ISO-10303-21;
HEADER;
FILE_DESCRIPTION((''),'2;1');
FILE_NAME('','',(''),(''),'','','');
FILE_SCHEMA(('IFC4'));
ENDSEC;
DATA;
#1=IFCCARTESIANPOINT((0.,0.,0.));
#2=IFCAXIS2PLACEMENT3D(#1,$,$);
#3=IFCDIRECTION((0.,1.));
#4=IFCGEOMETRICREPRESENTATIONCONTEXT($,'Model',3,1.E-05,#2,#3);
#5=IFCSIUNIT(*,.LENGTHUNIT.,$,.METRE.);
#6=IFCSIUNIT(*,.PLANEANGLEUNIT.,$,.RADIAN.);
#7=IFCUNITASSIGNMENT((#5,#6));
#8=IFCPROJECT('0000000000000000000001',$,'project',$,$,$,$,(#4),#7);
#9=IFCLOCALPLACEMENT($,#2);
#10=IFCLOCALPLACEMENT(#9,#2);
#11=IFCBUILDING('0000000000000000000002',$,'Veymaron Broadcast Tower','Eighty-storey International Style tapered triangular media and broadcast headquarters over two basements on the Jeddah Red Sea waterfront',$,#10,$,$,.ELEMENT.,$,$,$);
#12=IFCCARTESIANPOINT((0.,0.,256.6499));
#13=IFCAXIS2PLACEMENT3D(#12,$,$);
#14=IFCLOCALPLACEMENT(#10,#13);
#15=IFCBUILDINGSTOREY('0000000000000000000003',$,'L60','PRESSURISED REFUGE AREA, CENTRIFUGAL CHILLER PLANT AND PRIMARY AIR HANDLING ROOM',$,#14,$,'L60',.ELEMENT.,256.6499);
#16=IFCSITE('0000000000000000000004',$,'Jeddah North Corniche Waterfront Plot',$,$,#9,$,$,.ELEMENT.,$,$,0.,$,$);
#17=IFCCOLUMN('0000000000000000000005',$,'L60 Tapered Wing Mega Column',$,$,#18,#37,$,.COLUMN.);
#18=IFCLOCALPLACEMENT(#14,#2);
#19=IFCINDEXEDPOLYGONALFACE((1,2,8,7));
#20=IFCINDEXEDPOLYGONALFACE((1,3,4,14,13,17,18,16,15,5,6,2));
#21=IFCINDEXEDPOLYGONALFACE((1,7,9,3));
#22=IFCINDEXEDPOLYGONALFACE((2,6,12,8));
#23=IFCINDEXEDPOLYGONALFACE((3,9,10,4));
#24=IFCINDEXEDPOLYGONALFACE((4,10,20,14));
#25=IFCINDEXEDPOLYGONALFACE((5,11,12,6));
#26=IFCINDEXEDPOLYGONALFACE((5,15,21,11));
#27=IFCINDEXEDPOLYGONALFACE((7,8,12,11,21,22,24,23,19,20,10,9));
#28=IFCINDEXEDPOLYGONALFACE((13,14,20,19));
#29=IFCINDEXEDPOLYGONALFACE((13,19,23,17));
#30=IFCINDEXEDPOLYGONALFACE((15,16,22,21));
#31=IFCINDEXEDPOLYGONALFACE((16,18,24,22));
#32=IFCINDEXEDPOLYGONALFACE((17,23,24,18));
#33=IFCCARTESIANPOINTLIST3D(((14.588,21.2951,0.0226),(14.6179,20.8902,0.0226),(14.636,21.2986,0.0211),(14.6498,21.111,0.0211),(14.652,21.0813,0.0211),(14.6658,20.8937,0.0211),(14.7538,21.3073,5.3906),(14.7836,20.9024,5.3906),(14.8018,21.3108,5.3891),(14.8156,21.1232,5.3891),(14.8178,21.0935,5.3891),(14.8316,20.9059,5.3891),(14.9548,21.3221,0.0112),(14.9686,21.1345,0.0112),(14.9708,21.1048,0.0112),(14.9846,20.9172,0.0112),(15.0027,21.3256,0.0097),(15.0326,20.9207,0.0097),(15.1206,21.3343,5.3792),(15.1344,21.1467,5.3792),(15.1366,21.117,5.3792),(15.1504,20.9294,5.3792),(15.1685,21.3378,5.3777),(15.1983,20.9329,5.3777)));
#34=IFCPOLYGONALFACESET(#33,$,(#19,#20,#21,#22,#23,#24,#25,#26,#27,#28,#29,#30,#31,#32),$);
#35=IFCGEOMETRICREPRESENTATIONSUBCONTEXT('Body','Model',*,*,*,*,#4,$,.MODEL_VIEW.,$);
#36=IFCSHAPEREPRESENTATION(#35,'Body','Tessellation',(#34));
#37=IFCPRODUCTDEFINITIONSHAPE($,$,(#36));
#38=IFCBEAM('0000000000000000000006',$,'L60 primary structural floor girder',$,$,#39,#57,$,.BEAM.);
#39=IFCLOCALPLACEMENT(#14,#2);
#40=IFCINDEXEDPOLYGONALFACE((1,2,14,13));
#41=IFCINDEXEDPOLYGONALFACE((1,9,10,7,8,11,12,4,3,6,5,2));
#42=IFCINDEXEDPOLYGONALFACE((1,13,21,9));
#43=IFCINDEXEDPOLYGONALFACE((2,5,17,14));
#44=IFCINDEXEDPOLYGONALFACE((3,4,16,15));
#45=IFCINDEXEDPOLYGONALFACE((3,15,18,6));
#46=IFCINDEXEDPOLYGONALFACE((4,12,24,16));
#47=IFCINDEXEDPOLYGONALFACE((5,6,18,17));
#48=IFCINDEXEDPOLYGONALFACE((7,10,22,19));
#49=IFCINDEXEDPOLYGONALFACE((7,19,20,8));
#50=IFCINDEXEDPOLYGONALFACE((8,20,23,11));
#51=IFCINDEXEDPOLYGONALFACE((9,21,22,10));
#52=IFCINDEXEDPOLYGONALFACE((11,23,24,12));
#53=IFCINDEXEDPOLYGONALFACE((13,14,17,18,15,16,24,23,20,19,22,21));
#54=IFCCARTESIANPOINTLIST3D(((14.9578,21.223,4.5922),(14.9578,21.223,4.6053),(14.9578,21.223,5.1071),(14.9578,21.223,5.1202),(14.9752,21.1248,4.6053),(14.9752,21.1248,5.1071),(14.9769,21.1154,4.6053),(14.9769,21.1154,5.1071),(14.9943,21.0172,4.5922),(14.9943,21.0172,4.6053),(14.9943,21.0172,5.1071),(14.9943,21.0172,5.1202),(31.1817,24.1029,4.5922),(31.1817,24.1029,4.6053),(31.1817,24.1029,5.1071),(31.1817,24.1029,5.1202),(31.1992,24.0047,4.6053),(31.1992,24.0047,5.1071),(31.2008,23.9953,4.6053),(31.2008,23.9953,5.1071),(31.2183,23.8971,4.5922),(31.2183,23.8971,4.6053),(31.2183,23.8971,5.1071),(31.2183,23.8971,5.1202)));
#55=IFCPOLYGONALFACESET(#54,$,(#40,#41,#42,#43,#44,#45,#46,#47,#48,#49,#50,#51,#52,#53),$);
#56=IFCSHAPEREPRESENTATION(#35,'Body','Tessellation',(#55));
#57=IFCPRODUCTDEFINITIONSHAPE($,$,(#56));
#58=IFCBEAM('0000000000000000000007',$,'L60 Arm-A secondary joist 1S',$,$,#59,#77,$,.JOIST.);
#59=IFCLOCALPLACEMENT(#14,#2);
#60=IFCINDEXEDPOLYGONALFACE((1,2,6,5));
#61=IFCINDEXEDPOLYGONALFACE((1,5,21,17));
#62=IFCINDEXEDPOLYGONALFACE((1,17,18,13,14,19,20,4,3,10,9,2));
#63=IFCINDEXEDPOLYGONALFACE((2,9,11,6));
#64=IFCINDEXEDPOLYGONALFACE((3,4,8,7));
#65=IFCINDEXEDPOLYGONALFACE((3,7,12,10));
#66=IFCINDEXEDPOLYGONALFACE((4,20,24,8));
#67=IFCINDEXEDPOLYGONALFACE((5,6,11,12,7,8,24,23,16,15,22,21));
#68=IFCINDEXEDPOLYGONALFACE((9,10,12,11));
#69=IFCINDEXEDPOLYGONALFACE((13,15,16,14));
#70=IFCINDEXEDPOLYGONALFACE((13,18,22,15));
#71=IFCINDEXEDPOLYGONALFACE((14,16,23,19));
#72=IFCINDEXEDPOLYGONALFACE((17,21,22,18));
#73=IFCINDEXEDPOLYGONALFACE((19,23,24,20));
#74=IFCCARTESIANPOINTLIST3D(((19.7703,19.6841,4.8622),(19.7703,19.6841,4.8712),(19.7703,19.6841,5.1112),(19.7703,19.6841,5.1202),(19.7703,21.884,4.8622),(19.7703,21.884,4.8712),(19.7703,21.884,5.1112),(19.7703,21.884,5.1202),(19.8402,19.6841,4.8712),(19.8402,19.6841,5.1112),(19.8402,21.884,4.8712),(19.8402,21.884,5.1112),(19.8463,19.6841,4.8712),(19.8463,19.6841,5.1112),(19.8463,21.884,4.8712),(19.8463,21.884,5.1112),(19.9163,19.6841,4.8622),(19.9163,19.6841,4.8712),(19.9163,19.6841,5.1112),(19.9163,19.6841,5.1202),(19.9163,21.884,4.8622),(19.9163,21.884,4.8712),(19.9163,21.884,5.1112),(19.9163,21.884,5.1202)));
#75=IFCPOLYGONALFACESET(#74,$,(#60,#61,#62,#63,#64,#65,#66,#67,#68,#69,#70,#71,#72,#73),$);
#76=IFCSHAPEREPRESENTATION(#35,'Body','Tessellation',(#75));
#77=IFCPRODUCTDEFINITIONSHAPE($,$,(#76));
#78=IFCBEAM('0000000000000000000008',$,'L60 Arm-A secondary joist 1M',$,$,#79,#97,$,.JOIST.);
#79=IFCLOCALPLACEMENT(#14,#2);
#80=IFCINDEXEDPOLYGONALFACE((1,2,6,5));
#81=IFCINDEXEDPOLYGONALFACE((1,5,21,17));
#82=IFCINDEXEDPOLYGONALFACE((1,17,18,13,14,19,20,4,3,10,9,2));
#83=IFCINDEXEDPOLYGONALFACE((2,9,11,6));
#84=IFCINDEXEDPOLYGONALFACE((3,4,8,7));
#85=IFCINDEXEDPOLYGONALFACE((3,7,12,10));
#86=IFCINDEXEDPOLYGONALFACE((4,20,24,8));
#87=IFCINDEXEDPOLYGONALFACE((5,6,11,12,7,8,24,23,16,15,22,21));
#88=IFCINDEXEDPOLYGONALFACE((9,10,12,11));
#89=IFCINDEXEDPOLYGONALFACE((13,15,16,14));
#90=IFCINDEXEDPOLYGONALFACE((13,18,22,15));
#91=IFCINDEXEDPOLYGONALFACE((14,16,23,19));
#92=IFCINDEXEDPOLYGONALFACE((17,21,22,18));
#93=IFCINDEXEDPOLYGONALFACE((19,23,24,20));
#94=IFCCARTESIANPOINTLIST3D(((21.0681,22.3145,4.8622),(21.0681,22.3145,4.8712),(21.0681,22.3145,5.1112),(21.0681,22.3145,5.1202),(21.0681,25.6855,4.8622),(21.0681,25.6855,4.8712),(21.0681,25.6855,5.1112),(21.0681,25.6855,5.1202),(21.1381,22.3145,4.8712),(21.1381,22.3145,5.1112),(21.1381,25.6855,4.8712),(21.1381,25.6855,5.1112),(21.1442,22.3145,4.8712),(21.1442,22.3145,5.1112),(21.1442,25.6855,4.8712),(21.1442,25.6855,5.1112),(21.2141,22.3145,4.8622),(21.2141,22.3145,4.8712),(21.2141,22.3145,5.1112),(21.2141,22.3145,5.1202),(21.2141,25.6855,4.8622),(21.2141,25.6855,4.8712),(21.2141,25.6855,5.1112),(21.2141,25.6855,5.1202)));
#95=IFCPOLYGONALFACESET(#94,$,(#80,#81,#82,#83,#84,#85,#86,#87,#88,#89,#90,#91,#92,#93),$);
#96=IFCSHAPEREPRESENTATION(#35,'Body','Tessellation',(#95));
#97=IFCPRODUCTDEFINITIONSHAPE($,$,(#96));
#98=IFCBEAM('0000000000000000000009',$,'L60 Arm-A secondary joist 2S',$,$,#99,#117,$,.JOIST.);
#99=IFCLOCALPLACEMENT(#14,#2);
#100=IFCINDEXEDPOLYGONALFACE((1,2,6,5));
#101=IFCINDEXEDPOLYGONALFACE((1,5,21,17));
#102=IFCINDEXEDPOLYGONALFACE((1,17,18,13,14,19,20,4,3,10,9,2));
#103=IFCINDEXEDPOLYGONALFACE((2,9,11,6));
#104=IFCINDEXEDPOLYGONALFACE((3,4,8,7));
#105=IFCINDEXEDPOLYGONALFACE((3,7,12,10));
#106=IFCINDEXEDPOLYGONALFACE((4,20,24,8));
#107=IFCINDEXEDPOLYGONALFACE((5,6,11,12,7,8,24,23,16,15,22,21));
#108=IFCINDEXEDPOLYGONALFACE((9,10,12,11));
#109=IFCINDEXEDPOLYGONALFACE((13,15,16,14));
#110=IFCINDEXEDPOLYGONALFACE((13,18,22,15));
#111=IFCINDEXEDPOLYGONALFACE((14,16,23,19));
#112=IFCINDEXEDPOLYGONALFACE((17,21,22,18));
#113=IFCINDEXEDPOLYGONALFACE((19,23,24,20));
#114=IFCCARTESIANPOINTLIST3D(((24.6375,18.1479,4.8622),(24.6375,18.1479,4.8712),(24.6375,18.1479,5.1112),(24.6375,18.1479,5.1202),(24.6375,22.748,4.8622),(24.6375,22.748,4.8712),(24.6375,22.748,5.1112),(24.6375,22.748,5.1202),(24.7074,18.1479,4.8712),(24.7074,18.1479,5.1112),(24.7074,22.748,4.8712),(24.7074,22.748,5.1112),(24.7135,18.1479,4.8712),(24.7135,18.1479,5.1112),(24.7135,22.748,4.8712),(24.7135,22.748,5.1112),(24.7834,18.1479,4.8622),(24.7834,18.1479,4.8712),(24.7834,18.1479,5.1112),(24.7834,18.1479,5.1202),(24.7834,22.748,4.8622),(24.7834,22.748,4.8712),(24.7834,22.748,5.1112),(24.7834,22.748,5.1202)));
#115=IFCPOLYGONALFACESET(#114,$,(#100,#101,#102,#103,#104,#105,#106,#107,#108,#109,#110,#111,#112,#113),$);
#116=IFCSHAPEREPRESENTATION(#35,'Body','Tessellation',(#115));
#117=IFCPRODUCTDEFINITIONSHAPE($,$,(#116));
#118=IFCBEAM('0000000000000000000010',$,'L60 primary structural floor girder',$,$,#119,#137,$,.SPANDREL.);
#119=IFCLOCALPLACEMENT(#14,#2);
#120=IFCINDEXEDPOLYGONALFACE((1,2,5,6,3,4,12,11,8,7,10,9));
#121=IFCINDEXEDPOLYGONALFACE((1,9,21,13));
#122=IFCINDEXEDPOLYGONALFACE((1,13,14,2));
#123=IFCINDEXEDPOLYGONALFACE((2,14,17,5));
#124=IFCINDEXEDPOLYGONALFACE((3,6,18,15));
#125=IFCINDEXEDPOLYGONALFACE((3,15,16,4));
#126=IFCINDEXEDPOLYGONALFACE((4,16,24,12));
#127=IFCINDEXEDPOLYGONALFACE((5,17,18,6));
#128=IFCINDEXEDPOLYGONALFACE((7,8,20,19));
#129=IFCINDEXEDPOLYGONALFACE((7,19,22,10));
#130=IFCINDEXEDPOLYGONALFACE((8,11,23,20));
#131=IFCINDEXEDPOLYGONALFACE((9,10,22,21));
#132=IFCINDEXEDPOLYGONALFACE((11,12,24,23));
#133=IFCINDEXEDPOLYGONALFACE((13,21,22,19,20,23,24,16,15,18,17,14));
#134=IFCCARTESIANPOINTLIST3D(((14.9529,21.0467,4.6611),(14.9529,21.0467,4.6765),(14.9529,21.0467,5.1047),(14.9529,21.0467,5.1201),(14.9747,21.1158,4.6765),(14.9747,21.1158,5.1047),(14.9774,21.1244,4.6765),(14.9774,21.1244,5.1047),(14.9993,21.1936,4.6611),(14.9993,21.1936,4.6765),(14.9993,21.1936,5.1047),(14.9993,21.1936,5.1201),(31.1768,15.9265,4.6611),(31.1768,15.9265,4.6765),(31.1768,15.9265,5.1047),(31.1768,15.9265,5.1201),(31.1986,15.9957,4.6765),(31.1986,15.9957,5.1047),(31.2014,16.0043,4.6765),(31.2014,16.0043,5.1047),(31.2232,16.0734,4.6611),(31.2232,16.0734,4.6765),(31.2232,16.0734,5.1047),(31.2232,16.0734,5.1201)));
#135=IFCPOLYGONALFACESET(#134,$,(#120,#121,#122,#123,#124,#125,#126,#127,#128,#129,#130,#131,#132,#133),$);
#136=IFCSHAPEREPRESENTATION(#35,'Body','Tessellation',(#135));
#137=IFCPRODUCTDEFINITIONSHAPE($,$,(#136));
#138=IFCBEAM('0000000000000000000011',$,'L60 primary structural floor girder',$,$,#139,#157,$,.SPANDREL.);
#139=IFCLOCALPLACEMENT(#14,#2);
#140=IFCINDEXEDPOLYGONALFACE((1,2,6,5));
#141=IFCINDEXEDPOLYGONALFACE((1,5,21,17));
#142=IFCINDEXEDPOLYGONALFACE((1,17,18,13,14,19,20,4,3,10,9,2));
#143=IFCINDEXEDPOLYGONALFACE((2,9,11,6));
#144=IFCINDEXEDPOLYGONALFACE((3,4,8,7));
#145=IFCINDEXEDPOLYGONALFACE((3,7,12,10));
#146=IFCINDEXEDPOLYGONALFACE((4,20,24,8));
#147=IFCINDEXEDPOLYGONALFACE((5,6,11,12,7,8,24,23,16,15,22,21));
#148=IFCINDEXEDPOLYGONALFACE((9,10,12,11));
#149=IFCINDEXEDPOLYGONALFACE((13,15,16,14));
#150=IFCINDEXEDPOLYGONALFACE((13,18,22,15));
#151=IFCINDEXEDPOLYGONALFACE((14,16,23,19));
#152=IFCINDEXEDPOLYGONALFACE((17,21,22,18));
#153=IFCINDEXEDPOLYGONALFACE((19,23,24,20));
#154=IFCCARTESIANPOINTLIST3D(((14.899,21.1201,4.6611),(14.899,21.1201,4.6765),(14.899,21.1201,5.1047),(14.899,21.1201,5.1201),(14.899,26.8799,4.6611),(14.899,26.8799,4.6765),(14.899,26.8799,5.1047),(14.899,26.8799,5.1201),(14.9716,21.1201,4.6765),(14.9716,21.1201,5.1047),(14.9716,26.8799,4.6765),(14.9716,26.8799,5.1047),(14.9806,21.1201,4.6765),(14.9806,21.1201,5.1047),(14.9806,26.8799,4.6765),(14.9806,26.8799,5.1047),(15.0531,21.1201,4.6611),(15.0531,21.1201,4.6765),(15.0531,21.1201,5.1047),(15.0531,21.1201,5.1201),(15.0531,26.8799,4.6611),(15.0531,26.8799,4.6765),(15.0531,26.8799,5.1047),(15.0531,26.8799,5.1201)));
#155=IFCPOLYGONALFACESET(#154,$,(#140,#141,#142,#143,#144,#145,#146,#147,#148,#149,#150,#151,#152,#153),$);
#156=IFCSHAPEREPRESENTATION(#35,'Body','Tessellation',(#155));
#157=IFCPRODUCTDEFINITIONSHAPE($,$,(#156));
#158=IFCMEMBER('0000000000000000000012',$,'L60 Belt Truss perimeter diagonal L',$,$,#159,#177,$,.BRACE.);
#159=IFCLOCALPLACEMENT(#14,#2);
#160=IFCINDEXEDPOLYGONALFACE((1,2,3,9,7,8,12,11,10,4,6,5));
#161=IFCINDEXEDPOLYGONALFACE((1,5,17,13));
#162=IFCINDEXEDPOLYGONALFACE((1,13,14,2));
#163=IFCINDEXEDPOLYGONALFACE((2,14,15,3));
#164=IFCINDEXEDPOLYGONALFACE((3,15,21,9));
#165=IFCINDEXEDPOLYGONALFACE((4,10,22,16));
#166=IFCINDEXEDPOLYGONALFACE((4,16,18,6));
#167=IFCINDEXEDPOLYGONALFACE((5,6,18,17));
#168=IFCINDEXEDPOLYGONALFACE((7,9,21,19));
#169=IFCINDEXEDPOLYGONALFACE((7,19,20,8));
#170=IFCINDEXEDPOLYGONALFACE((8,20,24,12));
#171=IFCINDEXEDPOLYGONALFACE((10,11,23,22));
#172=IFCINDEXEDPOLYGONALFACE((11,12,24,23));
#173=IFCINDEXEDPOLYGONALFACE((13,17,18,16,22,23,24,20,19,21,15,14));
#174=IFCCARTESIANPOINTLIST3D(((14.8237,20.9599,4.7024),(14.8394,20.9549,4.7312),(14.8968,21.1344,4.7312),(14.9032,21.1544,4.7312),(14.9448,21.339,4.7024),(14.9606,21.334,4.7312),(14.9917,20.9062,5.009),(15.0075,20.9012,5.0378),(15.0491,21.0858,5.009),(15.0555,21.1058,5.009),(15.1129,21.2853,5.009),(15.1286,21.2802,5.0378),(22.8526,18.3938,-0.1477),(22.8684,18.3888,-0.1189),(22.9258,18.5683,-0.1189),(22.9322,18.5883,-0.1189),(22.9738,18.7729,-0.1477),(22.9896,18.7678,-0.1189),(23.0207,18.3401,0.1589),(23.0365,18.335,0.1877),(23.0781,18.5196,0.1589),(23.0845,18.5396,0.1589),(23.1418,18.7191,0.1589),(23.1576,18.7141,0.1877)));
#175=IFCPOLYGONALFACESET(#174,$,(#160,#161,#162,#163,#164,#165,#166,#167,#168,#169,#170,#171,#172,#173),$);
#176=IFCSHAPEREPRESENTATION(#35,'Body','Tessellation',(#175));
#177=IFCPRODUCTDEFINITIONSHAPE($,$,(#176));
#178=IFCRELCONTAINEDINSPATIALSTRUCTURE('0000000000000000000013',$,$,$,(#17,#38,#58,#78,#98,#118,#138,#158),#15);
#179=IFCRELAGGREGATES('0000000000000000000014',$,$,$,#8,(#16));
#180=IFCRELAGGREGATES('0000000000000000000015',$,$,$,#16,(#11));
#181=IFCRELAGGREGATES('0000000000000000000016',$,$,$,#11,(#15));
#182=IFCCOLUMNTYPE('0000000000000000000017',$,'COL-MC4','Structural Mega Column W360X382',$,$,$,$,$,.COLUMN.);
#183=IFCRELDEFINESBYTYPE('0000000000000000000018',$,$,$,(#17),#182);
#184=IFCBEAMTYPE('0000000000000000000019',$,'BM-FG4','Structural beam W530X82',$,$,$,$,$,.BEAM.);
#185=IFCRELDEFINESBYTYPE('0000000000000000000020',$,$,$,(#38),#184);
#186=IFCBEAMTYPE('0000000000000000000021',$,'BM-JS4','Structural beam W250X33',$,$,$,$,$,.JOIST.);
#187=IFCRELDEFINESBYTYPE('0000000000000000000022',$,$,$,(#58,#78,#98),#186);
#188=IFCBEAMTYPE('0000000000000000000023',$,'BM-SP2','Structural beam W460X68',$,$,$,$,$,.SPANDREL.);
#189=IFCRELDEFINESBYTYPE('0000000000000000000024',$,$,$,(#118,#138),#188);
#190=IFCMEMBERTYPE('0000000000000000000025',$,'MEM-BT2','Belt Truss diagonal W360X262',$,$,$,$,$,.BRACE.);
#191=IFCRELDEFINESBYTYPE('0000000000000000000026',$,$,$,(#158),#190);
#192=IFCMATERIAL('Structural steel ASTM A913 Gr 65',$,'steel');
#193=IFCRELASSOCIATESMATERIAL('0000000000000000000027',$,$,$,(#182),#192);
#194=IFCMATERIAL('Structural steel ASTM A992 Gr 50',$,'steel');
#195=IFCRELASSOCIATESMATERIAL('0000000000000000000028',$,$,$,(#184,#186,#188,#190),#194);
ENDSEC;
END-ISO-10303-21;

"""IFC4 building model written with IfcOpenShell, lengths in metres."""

from ifc_helpers import new_model, si_unit, direction, frame, origin, origin_2d, place, context, subcontext, project, spatial, i_section, extrude, material, material_profile, profile_set, type_object, element, save


model = new_model("IFC4")

# Units and contexts
model_context = context("Model", 3, precision=1e-05, world=origin(), true_north=direction((0.0, 1.0)))
body_context = subcontext(model_context, "Body", "Model", "MODEL_VIEW")
ifc_project = project(units=[si_unit("LENGTHUNIT", "METRE"), si_unit("PLANEANGLEUNIT", "RADIAN")], contexts=[model_context])

# Site, building, storey
site_placement = place(None, origin())
site = spatial("IfcSite", under=ifc_project, at=site_placement, Name="Jeddah North Corniche Waterfront Plot", CompositionType="ELEMENT", RefElevation=0.0)
building_placement = place(site_placement, origin())
building = spatial("IfcBuilding", under=site, at=building_placement, Name="Veymaron Broadcast Tower", Description="Eighty-storey International Style tapered triangular media and broadcast headquarters over two basements on the Jeddah Red Sea waterfront", CompositionType="ELEMENT")
storey_placement = place(building_placement, frame((0.0, 0.0, 256.6499)))
storey = spatial("IfcBuildingStorey", under=building, at=storey_placement, Name="L60", Description="PRESSURISED REFUGE AREA, CENTRIFUGAL CHILLER PLANT AND PRIMARY AIR HANDLING ROOM", LongName="L60", CompositionType="ELEMENT", Elevation=256.6499)

# Column
ifc_material_1 = material(Name="Structural steel ASTM A913 Gr 65", Category="steel")
ifc_material_profile_1 = material_profile(ifc_material_1, i_section(OverallWidth=0.406, OverallDepth=0.416, WebThickness=0.0298, FlangeThickness=0.0481, at=origin_2d()), Name="W360X382")
ifc_profile_set_1 = profile_set([ifc_material_profile_1], Name="Structural steel ASTM A913 Gr 65")
column_type = type_object("IfcColumnType", Name="COL-MC4", Description="Structural Mega Column W360X382", PredefinedType="COLUMN", material=ifc_profile_set_1)
column_placement = place(storey_placement, frame((14.8103, 21.1079, 0.0161), z_axis=(0.030867, 0.002273, 0.999521), x_axis=(-0.073439, 0.9973, 0.0)))
element("IfcColumn", 1, at=column_placement, inside=storey, type_object=column_type, Name="L60 Tapered Wing Mega Column", PredefinedType="COLUMN", context=body_context, shape_type="SweptSolid", body=[
    extrude(i_section(OverallWidth=0.406, OverallDepth=0.416, WebThickness=0.0298, FlangeThickness=0.0481, at=origin_2d()), origin(), (0.0, 0.0, 1.0), 5.3706),
])

# Beams
ifc_material_2 = material(Name="Structural steel ASTM A992 Gr 50", Category="steel")
ifc_material_profile_2 = material_profile(ifc_material_2, i_section(OverallWidth=0.209, OverallDepth=0.5281, WebThickness=0.0095, FlangeThickness=0.0132, at=origin_2d()), Name="W530X82")
ifc_profile_set_2 = profile_set([ifc_material_profile_2], Name="Structural steel ASTM A992 Gr 50")
beam_type_1 = type_object("IfcBeamType", Name="BM-FG4", Description="Structural beam W530X82", PredefinedType="BEAM", material=ifc_profile_set_2)
beam_1_placement = place(storey_placement, frame((14.9761, 21.1201, 4.8562), z_axis=(0.984608, 0.174777, 0.0), x_axis=(-0.174777, 0.984608, 0.0)))
element("IfcBeam", 2, at=beam_1_placement, inside=storey, type_object=beam_type_1, Name="L60 primary structural floor girder", PredefinedType="BEAM", context=body_context, shape_type="SweptSolid", body=[
    extrude(i_section(OverallWidth=0.209, OverallDepth=0.5281, WebThickness=0.0095, FlangeThickness=0.0132, at=origin_2d()), origin(), (0.0, 0.0, 1.0), 16.4775),
])
ifc_material_profile_3 = material_profile(ifc_material_2, i_section(OverallWidth=0.146, OverallDepth=0.2581, WebThickness=0.0061, FlangeThickness=0.009, at=origin_2d()), Name="W250X33")
ifc_profile_set_3 = profile_set([ifc_material_profile_3], Name="Structural steel ASTM A992 Gr 50")
beam_type_2 = type_object("IfcBeamType", Name="BM-JS4", Description="Structural beam W250X33", PredefinedType="JOIST", material=ifc_profile_set_3)
beam_2_placement = place(storey_placement, frame((19.8433, 19.6841, 4.9912), z_axis=(0.0, 1.0, 0.0), x_axis=(-1.0, 0.0, 0.0)))
element("IfcBeam", 3, at=beam_2_placement, inside=storey, type_object=beam_type_2, Name="L60 Arm-A secondary joist 1S", PredefinedType="JOIST", context=body_context, shape_type="SweptSolid", body=[
    extrude(i_section(OverallWidth=0.146, OverallDepth=0.2581, WebThickness=0.0061, FlangeThickness=0.009, at=origin_2d()), origin(), (0.0, 0.0, 1.0), 2.2),
])
beam_3_placement = place(storey_placement, frame((21.1411, 22.3145, 4.9912), z_axis=(0.0, 1.0, 0.0), x_axis=(-1.0, 0.0, 0.0)))
element("IfcBeam", 4, at=beam_3_placement, inside=storey, type_object=beam_type_2, Name="L60 Arm-A secondary joist 1M", PredefinedType="JOIST", context=body_context, shape_type="SweptSolid", body=[
    extrude(i_section(OverallWidth=0.146, OverallDepth=0.2581, WebThickness=0.0061, FlangeThickness=0.009, at=origin_2d()), origin(), (0.0, 0.0, 1.0), 3.3711),
])
beam_4_placement = place(storey_placement, frame((24.7104, 18.1479, 4.9912), z_axis=(0.0, 1.0, 0.0), x_axis=(-1.0, 0.0, 0.0)))
element("IfcBeam", 5, at=beam_4_placement, inside=storey, type_object=beam_type_2, Name="L60 Arm-A secondary joist 2S", PredefinedType="JOIST", context=body_context, shape_type="SweptSolid", body=[
    extrude(i_section(OverallWidth=0.146, OverallDepth=0.2581, WebThickness=0.0061, FlangeThickness=0.009, at=origin_2d()), origin(), (0.0, 0.0, 1.0), 4.6001),
])
ifc_material_profile_4 = material_profile(ifc_material_2, i_section(OverallWidth=0.1541, OverallDepth=0.459, WebThickness=0.009, FlangeThickness=0.0154, at=origin_2d()), Name="W460X68")
ifc_profile_set_4 = profile_set([ifc_material_profile_4], Name="Structural steel ASTM A992 Gr 50")
beam_type_3 = type_object("IfcBeamType", Name="BM-SP2", Description="Structural beam W460X68", PredefinedType="SPANDREL", material=ifc_profile_set_4)
beam_5_placement = place(storey_placement, frame((14.9761, 21.1201, 4.8906), z_axis=(0.953637, -0.30096, 0.0), x_axis=(0.30096, 0.953637, 0.0)))
element("IfcBeam", 6, at=beam_5_placement, inside=storey, type_object=beam_type_3, Name="L60 primary structural floor girder", PredefinedType="SPANDREL", context=body_context, shape_type="SweptSolid", body=[
    extrude(i_section(OverallWidth=0.1541, OverallDepth=0.459, WebThickness=0.009, FlangeThickness=0.0154, at=origin_2d()), origin(), (0.0, 0.0, 1.0), 17.0127),
])
beam_6_placement = place(storey_placement, frame((14.9761, 21.1201, 4.8906), z_axis=(0.0, 1.0, 0.0), x_axis=(-1.0, 0.0, 0.0)))
element("IfcBeam", 7, at=beam_6_placement, inside=storey, type_object=beam_type_3, Name="L60 primary structural floor girder", PredefinedType="SPANDREL", context=body_context, shape_type="SweptSolid", body=[
    extrude(i_section(OverallWidth=0.1541, OverallDepth=0.459, WebThickness=0.009, FlangeThickness=0.0154, at=origin_2d()), origin(), (0.0, 0.0, 1.0), 5.7598),
])

# Member
ifc_material_profile_5 = material_profile(ifc_material_2, i_section(OverallWidth=0.3979, OverallDepth=0.387, WebThickness=0.021, FlangeThickness=0.0332, at=origin_2d()), Name="W360X262")
ifc_profile_set_5 = profile_set([ifc_material_profile_5], Name="Structural steel ASTM A992 Gr 50")
member_type = type_object("IfcMemberType", Name="MEM-BT2", Description="Belt Truss diagonal W360X262", PredefinedType="BRACE", material=ifc_profile_set_5)
member_1_placement = place(storey_placement, frame((23.0051, 18.554, 0.02), z_axis=(-0.825615, 0.263875, 0.498728), x_axis=(-0.304438, -0.952532, 0.0)))
element("IfcMember", 8, at=member_1_placement, inside=storey, type_object=member_type, Name="L60 Belt Truss perimeter diagonal L", PredefinedType="BRACE", context=body_context, shape_type="SweptSolid", body=[
    extrude(i_section(OverallWidth=0.3979, OverallDepth=0.387, WebThickness=0.021, FlangeThickness=0.0332, at=origin_2d()), origin(), (0.0, 0.0, 1.0), 9.7249),
])

save(model, "model.ifc")
